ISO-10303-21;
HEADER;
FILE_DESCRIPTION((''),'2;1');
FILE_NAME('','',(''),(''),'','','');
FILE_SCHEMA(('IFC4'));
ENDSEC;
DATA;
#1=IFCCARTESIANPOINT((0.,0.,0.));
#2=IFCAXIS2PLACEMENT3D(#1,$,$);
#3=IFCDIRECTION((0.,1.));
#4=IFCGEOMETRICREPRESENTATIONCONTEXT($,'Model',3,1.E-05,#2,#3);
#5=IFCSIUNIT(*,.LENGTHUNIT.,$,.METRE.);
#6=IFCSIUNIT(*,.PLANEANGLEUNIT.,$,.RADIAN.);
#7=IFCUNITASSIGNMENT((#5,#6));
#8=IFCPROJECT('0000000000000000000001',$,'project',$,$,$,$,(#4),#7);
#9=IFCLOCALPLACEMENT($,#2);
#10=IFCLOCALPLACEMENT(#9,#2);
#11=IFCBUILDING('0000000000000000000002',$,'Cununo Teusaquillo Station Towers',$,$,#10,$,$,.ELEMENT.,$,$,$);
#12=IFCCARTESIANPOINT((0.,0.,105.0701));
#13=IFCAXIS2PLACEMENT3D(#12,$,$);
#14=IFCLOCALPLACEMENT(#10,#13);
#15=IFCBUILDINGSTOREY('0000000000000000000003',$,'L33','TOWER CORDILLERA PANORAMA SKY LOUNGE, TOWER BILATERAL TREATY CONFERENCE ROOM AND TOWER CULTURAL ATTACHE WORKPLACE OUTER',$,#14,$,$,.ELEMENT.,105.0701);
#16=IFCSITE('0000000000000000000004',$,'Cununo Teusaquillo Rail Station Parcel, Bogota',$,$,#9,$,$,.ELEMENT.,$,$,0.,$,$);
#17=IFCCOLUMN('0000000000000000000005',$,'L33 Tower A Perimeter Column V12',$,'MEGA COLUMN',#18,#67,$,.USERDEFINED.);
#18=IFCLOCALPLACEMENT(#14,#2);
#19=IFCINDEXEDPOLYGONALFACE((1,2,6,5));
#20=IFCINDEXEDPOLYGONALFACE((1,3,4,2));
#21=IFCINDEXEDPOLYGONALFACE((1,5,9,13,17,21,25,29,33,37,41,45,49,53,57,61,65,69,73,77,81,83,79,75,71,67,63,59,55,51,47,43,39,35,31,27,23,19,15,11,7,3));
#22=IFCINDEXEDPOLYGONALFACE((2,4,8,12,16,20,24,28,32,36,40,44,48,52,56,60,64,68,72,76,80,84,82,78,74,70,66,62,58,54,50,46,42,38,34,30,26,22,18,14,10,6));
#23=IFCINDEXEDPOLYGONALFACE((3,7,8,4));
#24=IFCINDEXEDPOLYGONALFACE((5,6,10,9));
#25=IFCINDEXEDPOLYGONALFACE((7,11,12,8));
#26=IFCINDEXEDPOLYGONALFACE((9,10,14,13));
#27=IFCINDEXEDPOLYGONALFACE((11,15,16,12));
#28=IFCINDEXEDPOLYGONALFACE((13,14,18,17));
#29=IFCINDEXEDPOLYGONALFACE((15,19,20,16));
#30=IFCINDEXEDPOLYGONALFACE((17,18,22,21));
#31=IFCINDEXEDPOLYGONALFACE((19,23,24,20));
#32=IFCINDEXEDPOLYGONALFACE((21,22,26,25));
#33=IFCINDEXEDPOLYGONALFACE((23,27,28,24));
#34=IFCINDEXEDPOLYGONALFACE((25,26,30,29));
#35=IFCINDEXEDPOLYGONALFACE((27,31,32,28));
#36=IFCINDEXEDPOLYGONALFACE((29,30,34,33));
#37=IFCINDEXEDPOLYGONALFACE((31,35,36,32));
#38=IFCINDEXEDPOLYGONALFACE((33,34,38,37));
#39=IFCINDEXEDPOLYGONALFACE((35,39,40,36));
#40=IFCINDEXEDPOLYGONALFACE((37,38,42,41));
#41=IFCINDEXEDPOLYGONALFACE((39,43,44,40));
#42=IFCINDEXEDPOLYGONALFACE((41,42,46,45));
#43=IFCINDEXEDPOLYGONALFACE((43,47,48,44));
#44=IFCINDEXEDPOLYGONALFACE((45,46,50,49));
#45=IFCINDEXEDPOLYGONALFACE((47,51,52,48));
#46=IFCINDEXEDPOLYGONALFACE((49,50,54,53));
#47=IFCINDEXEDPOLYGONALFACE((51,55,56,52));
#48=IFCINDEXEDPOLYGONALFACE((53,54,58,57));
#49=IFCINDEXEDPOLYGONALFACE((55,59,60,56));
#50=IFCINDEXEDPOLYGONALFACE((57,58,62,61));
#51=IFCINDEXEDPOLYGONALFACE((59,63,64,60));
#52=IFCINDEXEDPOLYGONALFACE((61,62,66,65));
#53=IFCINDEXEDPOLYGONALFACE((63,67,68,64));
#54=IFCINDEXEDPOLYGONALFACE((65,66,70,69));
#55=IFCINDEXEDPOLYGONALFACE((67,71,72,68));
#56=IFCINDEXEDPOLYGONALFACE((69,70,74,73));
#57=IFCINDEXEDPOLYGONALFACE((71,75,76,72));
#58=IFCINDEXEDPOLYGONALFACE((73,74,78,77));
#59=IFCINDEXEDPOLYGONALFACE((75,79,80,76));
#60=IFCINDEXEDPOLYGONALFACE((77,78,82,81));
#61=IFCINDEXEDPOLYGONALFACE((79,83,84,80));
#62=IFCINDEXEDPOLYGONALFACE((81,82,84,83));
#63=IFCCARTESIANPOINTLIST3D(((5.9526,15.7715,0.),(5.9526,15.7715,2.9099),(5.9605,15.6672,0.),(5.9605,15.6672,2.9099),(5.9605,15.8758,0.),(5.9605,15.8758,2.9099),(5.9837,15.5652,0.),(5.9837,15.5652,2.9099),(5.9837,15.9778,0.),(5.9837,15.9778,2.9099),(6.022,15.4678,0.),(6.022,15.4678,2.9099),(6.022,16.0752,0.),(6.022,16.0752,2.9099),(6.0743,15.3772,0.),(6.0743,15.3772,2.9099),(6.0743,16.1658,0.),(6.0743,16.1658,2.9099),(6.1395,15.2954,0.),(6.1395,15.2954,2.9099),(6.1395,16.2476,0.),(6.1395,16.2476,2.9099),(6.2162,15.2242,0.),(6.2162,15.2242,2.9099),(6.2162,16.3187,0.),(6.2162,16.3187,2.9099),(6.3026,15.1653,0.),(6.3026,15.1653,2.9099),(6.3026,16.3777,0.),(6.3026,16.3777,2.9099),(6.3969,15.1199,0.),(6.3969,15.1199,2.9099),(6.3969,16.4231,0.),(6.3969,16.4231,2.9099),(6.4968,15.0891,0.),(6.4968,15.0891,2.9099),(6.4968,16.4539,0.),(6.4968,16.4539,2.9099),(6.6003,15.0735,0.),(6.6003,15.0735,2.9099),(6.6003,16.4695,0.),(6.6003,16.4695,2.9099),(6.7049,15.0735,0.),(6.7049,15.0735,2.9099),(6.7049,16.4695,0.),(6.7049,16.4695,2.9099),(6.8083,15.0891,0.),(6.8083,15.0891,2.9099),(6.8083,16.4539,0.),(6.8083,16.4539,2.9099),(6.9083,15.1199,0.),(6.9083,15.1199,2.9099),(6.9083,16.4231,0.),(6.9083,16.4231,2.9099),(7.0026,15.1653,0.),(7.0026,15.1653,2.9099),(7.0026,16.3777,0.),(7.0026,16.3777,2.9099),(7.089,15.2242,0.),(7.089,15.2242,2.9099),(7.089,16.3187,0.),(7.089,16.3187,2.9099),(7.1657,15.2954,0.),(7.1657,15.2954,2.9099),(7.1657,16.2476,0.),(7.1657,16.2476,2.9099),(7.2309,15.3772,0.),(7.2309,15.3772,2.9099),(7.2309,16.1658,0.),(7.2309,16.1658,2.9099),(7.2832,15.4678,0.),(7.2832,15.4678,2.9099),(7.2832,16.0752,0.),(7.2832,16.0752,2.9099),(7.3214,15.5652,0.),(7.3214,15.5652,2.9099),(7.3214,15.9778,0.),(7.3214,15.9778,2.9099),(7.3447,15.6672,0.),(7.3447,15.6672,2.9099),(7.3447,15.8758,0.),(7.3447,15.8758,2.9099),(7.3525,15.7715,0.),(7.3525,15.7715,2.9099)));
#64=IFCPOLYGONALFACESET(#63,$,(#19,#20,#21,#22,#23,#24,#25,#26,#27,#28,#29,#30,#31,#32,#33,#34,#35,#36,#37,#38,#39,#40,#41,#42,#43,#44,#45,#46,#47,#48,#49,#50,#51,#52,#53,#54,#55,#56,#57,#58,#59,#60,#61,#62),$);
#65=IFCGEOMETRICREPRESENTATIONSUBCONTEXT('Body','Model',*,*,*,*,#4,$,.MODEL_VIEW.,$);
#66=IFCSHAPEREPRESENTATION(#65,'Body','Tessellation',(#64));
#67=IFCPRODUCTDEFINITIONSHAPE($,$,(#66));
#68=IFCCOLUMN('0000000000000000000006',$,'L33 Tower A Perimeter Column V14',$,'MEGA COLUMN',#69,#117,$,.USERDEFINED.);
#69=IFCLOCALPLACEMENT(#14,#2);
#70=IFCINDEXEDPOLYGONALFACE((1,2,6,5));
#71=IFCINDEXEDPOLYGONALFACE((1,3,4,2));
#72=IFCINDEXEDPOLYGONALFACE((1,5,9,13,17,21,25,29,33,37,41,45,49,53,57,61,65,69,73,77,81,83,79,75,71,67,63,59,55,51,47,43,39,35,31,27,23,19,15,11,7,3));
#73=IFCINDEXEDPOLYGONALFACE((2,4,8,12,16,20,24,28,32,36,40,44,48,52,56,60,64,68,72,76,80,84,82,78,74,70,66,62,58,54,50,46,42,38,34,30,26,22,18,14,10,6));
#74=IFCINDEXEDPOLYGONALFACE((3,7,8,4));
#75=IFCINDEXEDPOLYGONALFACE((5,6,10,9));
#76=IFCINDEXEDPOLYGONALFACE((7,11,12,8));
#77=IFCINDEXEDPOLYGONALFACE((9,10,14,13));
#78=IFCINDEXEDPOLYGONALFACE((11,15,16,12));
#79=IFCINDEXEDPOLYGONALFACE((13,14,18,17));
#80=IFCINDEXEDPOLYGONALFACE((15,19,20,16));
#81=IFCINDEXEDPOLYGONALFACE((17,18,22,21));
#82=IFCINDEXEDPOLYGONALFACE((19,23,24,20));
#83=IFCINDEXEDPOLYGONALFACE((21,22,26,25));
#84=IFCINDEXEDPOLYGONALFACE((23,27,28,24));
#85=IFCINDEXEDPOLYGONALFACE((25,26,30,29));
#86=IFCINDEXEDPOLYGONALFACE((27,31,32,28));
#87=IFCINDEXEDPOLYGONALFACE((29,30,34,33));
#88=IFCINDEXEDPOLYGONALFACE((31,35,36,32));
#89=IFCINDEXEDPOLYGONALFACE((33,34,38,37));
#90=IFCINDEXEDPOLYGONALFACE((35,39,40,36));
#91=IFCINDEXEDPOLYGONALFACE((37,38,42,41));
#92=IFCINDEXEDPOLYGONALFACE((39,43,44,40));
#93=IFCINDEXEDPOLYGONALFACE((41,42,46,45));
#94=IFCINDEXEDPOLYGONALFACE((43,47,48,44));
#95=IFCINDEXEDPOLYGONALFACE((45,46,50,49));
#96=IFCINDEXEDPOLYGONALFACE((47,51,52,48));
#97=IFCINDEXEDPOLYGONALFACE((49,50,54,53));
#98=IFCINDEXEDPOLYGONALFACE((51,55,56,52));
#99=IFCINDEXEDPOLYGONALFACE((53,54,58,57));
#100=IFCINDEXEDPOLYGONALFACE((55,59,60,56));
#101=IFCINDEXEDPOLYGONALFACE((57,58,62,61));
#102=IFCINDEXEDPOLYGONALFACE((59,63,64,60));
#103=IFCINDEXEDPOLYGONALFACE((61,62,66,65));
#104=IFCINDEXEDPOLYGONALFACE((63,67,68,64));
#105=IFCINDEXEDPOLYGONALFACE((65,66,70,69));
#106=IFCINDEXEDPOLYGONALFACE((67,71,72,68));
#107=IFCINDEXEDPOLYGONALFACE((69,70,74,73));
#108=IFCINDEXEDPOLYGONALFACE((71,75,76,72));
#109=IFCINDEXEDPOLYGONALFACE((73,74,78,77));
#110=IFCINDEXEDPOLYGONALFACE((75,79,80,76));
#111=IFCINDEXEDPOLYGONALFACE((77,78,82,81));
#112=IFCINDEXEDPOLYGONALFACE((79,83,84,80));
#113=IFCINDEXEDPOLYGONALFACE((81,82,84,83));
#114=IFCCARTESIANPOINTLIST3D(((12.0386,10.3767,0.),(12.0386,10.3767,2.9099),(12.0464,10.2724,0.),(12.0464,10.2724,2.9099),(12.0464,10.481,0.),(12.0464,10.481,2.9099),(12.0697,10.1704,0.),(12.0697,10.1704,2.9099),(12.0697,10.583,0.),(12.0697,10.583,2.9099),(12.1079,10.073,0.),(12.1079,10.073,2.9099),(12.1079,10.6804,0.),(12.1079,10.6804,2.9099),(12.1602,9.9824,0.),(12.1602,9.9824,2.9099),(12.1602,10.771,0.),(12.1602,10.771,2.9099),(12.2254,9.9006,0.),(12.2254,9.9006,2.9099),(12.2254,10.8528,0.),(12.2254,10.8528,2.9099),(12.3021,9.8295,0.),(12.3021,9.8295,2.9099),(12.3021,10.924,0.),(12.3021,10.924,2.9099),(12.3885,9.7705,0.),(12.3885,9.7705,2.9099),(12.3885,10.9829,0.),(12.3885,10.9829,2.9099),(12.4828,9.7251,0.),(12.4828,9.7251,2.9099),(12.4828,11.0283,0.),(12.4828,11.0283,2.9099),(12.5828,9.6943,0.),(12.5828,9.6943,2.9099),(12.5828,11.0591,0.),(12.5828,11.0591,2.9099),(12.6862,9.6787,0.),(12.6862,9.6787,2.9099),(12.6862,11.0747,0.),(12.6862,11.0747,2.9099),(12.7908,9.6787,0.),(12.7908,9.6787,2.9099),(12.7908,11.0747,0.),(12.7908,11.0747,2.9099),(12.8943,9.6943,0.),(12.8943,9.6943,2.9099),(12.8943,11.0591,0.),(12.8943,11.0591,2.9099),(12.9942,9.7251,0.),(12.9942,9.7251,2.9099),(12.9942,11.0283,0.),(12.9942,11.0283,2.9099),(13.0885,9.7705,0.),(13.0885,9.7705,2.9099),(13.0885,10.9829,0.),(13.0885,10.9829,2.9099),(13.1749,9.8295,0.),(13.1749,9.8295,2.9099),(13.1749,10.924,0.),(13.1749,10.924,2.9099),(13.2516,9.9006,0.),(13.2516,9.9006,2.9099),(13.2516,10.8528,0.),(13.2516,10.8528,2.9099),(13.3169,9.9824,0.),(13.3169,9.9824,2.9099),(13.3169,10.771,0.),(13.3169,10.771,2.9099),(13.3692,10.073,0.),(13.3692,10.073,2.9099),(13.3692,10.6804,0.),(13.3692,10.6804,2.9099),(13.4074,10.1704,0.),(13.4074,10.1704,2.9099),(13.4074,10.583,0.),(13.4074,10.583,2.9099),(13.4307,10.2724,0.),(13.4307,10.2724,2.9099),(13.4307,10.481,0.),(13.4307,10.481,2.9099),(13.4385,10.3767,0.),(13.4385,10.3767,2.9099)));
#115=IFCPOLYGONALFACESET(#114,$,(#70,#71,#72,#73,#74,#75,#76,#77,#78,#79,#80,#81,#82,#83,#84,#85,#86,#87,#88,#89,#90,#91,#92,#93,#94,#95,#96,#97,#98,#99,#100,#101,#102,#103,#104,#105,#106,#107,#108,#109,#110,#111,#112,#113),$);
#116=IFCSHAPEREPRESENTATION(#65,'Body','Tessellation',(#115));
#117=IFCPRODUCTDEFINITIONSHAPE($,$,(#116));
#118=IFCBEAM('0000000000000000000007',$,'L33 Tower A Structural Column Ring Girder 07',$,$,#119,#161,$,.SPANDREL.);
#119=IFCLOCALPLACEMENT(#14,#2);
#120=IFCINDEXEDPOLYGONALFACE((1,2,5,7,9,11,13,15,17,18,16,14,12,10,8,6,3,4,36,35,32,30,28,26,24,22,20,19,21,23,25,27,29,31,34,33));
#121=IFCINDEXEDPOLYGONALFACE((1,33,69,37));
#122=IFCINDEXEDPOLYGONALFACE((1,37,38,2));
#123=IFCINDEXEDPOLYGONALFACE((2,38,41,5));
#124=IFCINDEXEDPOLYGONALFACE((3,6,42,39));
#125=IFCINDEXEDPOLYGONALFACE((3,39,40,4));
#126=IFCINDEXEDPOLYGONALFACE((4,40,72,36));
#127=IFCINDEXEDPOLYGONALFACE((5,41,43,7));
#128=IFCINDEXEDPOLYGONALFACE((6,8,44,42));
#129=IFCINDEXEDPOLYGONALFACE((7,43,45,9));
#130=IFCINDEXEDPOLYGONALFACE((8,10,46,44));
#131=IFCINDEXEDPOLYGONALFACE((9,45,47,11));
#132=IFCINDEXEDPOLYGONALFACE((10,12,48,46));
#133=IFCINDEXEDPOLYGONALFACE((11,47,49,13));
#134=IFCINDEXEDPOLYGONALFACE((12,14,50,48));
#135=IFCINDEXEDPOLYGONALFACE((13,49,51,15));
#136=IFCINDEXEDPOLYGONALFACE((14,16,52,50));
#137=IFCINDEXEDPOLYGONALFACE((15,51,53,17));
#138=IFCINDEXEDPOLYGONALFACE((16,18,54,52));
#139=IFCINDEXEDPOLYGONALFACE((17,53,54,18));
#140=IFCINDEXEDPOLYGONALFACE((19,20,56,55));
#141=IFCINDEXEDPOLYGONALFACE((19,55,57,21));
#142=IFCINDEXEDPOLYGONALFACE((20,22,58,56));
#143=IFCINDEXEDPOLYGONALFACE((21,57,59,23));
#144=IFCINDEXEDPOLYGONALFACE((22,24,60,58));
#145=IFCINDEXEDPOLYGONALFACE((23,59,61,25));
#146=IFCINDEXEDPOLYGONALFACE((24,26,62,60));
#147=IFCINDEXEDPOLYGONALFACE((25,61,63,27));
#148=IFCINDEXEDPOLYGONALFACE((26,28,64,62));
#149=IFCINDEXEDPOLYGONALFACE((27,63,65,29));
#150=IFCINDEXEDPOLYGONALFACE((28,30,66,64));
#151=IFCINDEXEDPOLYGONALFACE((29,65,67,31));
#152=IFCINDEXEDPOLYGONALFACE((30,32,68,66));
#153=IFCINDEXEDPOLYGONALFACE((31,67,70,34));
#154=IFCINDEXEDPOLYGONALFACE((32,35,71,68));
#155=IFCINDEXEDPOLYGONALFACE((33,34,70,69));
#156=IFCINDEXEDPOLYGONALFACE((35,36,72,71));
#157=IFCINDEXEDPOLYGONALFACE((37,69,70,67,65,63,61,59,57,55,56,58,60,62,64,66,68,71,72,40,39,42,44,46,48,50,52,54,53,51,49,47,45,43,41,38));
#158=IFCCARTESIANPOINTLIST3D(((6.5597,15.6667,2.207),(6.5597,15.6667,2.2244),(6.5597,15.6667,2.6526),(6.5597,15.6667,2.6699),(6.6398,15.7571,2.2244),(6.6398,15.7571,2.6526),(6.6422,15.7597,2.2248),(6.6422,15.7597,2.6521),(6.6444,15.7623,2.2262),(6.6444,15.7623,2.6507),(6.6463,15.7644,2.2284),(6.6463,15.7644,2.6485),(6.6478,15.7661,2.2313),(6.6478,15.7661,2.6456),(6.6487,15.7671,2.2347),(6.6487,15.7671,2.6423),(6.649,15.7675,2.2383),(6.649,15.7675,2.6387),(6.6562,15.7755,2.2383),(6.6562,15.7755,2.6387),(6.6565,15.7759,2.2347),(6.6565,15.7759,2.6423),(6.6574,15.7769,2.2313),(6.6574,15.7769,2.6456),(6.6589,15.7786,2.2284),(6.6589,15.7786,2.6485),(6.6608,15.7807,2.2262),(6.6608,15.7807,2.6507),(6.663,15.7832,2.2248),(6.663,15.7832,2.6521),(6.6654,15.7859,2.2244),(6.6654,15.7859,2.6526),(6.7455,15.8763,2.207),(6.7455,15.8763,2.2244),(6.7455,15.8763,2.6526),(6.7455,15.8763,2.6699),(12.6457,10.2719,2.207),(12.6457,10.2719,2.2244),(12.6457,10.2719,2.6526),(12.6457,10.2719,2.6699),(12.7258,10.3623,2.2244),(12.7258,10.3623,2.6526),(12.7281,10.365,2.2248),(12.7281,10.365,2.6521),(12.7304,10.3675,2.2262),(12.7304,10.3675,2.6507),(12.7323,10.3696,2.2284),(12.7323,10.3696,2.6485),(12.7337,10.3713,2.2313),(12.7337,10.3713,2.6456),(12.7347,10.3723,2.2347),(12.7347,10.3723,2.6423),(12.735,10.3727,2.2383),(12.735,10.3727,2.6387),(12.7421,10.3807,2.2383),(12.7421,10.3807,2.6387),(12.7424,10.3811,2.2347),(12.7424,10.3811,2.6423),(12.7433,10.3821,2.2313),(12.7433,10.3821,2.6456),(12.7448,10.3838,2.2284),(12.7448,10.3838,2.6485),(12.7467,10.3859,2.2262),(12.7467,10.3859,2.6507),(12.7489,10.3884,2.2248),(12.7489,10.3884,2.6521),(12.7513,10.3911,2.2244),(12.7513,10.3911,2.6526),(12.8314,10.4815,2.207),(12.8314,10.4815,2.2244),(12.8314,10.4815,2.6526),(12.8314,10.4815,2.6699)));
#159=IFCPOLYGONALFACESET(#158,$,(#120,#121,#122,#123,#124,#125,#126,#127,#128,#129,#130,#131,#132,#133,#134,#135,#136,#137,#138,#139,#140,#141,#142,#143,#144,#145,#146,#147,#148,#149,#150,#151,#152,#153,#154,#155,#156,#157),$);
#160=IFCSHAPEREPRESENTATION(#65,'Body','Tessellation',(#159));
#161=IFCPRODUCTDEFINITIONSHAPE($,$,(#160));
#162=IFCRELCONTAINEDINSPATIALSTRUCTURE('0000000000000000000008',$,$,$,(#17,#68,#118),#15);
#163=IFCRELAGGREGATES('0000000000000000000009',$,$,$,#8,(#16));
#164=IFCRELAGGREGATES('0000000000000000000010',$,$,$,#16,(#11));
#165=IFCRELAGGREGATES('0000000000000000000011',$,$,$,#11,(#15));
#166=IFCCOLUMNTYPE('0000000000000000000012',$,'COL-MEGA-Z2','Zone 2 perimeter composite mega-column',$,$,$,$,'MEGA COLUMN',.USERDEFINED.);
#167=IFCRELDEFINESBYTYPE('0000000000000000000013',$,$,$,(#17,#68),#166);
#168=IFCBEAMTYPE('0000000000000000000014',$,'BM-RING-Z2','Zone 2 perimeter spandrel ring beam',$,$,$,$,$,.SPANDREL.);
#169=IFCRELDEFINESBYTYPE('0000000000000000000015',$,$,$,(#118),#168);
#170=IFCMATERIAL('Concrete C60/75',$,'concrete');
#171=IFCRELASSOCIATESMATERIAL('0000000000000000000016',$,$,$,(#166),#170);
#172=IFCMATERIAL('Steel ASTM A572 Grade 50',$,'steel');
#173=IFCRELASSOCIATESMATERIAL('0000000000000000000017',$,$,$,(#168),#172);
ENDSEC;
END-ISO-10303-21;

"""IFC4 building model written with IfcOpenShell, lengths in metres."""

from ifc_helpers import new_model, si_unit, direction, frame, origin, origin_2d, place, context, subcontext, project, spatial, circle, i_section, extrude, material, material_profile, profile_set, type_object, element, save


model = new_model("IFC4")

# Units and contexts
model_context = context("Model", 3, precision=1e-05, world=origin(), true_north=direction((0.0, 1.0)))
body_context = subcontext(model_context, "Body", "Model", "MODEL_VIEW")
ifc_project = project(units=[si_unit("LENGTHUNIT", "METRE"), si_unit("PLANEANGLEUNIT", "RADIAN")], contexts=[model_context])

# Site, building, storey
site_placement = place(None, origin())
site = spatial("IfcSite", under=ifc_project, at=site_placement, Name="Cununo Teusaquillo Rail Station Parcel, Bogota", CompositionType="ELEMENT", RefElevation=0.0)
building_placement = place(site_placement, origin())
building = spatial("IfcBuilding", under=site, at=building_placement, Name="Cununo Teusaquillo Station Towers", CompositionType="ELEMENT")
storey_placement = place(building_placement, frame((0.0, 0.0, 105.0701)))
storey = spatial("IfcBuildingStorey", under=building, at=storey_placement, Name="L33", Description="TOWER CORDILLERA PANORAMA SKY LOUNGE, TOWER BILATERAL TREATY CONFERENCE ROOM AND TOWER CULTURAL ATTACHE WORKPLACE OUTER", CompositionType="ELEMENT", Elevation=105.0701)

# Columns
ifc_material_1 = material(Name="Concrete C60/75", Category="concrete")
ifc_material_profile_1 = material_profile(ifc_material_1, circle(Radius=0.7, at=origin_2d()), Name="RC-CIRC-1400")
ifc_profile_set_1 = profile_set([ifc_material_profile_1], Name="Concrete C60/75")
column_type = type_object("IfcColumnType", Name="COL-MEGA-Z2", Description="Zone 2 perimeter composite mega-column", ElementType="MEGA COLUMN", PredefinedType="USERDEFINED", material=ifc_profile_set_1)
for number, where, z_axis, x_axis, name in (
    (1, (6.6526, 15.7715, 0.0), (0.0, 0.0, 1.0), (1.0, 0.0, 0.0), "L33 Tower A Perimeter Column V12"),
    (2, (12.7385, 10.3767, 0.0), (0.0, 0.0, 1.0), (1.0, 0.0, 0.0), "L33 Tower A Perimeter Column V14"),
):
    element("IfcColumn", number, at=place(storey_placement, frame(where, z_axis=z_axis, x_axis=x_axis)), inside=storey, type_object=column_type, Name=name, ObjectType="MEGA COLUMN", PredefinedType="USERDEFINED", context=body_context, shape_type="SweptSolid", body=[
        extrude(circle(Radius=0.7, at=origin_2d()), origin(), (0.0, 0.0, 1.0), 2.9099),
    ])

# Beam
ifc_material_2 = material(Name="Steel ASTM A572 Grade 50", Category="steel")
ifc_material_profile_2 = material_profile(ifc_material_2, i_section(OverallWidth=0.28, OverallDepth=0.4629, WebThickness=0.0107, FlangeThickness=0.0173, FilletRadius=0.0139, at=origin_2d()), Name="W18X76")
ifc_profile_set_2 = profile_set([ifc_material_profile_2], Name="Steel ASTM A572 Grade 50")
beam_type = type_object("IfcBeamType", Name="BM-RING-Z2", Description="Zone 2 perimeter spandrel ring beam", PredefinedType="SPANDREL", material=ifc_profile_set_2)
beam_1_placement = place(storey_placement, frame((6.6526, 15.7715, 2.4385), z_axis=(0.748321, -0.663337, 0.0), x_axis=(0.663337, 0.748321, 0.0)))
element("IfcBeam", 3, at=beam_1_placement, inside=storey, type_object=beam_type, Name="L33 Tower A Structural Column Ring Girder 07", PredefinedType="SPANDREL", context=body_context, shape_type="SweptSolid", body=[
    extrude(i_section(OverallWidth=0.28, OverallDepth=0.4629, WebThickness=0.0107, FlangeThickness=0.0173, FilletRadius=0.0139, at=origin_2d()), origin(), (0.0, 0.0, 1.0), 8.1328),
])

save(model, "model.ifc")
